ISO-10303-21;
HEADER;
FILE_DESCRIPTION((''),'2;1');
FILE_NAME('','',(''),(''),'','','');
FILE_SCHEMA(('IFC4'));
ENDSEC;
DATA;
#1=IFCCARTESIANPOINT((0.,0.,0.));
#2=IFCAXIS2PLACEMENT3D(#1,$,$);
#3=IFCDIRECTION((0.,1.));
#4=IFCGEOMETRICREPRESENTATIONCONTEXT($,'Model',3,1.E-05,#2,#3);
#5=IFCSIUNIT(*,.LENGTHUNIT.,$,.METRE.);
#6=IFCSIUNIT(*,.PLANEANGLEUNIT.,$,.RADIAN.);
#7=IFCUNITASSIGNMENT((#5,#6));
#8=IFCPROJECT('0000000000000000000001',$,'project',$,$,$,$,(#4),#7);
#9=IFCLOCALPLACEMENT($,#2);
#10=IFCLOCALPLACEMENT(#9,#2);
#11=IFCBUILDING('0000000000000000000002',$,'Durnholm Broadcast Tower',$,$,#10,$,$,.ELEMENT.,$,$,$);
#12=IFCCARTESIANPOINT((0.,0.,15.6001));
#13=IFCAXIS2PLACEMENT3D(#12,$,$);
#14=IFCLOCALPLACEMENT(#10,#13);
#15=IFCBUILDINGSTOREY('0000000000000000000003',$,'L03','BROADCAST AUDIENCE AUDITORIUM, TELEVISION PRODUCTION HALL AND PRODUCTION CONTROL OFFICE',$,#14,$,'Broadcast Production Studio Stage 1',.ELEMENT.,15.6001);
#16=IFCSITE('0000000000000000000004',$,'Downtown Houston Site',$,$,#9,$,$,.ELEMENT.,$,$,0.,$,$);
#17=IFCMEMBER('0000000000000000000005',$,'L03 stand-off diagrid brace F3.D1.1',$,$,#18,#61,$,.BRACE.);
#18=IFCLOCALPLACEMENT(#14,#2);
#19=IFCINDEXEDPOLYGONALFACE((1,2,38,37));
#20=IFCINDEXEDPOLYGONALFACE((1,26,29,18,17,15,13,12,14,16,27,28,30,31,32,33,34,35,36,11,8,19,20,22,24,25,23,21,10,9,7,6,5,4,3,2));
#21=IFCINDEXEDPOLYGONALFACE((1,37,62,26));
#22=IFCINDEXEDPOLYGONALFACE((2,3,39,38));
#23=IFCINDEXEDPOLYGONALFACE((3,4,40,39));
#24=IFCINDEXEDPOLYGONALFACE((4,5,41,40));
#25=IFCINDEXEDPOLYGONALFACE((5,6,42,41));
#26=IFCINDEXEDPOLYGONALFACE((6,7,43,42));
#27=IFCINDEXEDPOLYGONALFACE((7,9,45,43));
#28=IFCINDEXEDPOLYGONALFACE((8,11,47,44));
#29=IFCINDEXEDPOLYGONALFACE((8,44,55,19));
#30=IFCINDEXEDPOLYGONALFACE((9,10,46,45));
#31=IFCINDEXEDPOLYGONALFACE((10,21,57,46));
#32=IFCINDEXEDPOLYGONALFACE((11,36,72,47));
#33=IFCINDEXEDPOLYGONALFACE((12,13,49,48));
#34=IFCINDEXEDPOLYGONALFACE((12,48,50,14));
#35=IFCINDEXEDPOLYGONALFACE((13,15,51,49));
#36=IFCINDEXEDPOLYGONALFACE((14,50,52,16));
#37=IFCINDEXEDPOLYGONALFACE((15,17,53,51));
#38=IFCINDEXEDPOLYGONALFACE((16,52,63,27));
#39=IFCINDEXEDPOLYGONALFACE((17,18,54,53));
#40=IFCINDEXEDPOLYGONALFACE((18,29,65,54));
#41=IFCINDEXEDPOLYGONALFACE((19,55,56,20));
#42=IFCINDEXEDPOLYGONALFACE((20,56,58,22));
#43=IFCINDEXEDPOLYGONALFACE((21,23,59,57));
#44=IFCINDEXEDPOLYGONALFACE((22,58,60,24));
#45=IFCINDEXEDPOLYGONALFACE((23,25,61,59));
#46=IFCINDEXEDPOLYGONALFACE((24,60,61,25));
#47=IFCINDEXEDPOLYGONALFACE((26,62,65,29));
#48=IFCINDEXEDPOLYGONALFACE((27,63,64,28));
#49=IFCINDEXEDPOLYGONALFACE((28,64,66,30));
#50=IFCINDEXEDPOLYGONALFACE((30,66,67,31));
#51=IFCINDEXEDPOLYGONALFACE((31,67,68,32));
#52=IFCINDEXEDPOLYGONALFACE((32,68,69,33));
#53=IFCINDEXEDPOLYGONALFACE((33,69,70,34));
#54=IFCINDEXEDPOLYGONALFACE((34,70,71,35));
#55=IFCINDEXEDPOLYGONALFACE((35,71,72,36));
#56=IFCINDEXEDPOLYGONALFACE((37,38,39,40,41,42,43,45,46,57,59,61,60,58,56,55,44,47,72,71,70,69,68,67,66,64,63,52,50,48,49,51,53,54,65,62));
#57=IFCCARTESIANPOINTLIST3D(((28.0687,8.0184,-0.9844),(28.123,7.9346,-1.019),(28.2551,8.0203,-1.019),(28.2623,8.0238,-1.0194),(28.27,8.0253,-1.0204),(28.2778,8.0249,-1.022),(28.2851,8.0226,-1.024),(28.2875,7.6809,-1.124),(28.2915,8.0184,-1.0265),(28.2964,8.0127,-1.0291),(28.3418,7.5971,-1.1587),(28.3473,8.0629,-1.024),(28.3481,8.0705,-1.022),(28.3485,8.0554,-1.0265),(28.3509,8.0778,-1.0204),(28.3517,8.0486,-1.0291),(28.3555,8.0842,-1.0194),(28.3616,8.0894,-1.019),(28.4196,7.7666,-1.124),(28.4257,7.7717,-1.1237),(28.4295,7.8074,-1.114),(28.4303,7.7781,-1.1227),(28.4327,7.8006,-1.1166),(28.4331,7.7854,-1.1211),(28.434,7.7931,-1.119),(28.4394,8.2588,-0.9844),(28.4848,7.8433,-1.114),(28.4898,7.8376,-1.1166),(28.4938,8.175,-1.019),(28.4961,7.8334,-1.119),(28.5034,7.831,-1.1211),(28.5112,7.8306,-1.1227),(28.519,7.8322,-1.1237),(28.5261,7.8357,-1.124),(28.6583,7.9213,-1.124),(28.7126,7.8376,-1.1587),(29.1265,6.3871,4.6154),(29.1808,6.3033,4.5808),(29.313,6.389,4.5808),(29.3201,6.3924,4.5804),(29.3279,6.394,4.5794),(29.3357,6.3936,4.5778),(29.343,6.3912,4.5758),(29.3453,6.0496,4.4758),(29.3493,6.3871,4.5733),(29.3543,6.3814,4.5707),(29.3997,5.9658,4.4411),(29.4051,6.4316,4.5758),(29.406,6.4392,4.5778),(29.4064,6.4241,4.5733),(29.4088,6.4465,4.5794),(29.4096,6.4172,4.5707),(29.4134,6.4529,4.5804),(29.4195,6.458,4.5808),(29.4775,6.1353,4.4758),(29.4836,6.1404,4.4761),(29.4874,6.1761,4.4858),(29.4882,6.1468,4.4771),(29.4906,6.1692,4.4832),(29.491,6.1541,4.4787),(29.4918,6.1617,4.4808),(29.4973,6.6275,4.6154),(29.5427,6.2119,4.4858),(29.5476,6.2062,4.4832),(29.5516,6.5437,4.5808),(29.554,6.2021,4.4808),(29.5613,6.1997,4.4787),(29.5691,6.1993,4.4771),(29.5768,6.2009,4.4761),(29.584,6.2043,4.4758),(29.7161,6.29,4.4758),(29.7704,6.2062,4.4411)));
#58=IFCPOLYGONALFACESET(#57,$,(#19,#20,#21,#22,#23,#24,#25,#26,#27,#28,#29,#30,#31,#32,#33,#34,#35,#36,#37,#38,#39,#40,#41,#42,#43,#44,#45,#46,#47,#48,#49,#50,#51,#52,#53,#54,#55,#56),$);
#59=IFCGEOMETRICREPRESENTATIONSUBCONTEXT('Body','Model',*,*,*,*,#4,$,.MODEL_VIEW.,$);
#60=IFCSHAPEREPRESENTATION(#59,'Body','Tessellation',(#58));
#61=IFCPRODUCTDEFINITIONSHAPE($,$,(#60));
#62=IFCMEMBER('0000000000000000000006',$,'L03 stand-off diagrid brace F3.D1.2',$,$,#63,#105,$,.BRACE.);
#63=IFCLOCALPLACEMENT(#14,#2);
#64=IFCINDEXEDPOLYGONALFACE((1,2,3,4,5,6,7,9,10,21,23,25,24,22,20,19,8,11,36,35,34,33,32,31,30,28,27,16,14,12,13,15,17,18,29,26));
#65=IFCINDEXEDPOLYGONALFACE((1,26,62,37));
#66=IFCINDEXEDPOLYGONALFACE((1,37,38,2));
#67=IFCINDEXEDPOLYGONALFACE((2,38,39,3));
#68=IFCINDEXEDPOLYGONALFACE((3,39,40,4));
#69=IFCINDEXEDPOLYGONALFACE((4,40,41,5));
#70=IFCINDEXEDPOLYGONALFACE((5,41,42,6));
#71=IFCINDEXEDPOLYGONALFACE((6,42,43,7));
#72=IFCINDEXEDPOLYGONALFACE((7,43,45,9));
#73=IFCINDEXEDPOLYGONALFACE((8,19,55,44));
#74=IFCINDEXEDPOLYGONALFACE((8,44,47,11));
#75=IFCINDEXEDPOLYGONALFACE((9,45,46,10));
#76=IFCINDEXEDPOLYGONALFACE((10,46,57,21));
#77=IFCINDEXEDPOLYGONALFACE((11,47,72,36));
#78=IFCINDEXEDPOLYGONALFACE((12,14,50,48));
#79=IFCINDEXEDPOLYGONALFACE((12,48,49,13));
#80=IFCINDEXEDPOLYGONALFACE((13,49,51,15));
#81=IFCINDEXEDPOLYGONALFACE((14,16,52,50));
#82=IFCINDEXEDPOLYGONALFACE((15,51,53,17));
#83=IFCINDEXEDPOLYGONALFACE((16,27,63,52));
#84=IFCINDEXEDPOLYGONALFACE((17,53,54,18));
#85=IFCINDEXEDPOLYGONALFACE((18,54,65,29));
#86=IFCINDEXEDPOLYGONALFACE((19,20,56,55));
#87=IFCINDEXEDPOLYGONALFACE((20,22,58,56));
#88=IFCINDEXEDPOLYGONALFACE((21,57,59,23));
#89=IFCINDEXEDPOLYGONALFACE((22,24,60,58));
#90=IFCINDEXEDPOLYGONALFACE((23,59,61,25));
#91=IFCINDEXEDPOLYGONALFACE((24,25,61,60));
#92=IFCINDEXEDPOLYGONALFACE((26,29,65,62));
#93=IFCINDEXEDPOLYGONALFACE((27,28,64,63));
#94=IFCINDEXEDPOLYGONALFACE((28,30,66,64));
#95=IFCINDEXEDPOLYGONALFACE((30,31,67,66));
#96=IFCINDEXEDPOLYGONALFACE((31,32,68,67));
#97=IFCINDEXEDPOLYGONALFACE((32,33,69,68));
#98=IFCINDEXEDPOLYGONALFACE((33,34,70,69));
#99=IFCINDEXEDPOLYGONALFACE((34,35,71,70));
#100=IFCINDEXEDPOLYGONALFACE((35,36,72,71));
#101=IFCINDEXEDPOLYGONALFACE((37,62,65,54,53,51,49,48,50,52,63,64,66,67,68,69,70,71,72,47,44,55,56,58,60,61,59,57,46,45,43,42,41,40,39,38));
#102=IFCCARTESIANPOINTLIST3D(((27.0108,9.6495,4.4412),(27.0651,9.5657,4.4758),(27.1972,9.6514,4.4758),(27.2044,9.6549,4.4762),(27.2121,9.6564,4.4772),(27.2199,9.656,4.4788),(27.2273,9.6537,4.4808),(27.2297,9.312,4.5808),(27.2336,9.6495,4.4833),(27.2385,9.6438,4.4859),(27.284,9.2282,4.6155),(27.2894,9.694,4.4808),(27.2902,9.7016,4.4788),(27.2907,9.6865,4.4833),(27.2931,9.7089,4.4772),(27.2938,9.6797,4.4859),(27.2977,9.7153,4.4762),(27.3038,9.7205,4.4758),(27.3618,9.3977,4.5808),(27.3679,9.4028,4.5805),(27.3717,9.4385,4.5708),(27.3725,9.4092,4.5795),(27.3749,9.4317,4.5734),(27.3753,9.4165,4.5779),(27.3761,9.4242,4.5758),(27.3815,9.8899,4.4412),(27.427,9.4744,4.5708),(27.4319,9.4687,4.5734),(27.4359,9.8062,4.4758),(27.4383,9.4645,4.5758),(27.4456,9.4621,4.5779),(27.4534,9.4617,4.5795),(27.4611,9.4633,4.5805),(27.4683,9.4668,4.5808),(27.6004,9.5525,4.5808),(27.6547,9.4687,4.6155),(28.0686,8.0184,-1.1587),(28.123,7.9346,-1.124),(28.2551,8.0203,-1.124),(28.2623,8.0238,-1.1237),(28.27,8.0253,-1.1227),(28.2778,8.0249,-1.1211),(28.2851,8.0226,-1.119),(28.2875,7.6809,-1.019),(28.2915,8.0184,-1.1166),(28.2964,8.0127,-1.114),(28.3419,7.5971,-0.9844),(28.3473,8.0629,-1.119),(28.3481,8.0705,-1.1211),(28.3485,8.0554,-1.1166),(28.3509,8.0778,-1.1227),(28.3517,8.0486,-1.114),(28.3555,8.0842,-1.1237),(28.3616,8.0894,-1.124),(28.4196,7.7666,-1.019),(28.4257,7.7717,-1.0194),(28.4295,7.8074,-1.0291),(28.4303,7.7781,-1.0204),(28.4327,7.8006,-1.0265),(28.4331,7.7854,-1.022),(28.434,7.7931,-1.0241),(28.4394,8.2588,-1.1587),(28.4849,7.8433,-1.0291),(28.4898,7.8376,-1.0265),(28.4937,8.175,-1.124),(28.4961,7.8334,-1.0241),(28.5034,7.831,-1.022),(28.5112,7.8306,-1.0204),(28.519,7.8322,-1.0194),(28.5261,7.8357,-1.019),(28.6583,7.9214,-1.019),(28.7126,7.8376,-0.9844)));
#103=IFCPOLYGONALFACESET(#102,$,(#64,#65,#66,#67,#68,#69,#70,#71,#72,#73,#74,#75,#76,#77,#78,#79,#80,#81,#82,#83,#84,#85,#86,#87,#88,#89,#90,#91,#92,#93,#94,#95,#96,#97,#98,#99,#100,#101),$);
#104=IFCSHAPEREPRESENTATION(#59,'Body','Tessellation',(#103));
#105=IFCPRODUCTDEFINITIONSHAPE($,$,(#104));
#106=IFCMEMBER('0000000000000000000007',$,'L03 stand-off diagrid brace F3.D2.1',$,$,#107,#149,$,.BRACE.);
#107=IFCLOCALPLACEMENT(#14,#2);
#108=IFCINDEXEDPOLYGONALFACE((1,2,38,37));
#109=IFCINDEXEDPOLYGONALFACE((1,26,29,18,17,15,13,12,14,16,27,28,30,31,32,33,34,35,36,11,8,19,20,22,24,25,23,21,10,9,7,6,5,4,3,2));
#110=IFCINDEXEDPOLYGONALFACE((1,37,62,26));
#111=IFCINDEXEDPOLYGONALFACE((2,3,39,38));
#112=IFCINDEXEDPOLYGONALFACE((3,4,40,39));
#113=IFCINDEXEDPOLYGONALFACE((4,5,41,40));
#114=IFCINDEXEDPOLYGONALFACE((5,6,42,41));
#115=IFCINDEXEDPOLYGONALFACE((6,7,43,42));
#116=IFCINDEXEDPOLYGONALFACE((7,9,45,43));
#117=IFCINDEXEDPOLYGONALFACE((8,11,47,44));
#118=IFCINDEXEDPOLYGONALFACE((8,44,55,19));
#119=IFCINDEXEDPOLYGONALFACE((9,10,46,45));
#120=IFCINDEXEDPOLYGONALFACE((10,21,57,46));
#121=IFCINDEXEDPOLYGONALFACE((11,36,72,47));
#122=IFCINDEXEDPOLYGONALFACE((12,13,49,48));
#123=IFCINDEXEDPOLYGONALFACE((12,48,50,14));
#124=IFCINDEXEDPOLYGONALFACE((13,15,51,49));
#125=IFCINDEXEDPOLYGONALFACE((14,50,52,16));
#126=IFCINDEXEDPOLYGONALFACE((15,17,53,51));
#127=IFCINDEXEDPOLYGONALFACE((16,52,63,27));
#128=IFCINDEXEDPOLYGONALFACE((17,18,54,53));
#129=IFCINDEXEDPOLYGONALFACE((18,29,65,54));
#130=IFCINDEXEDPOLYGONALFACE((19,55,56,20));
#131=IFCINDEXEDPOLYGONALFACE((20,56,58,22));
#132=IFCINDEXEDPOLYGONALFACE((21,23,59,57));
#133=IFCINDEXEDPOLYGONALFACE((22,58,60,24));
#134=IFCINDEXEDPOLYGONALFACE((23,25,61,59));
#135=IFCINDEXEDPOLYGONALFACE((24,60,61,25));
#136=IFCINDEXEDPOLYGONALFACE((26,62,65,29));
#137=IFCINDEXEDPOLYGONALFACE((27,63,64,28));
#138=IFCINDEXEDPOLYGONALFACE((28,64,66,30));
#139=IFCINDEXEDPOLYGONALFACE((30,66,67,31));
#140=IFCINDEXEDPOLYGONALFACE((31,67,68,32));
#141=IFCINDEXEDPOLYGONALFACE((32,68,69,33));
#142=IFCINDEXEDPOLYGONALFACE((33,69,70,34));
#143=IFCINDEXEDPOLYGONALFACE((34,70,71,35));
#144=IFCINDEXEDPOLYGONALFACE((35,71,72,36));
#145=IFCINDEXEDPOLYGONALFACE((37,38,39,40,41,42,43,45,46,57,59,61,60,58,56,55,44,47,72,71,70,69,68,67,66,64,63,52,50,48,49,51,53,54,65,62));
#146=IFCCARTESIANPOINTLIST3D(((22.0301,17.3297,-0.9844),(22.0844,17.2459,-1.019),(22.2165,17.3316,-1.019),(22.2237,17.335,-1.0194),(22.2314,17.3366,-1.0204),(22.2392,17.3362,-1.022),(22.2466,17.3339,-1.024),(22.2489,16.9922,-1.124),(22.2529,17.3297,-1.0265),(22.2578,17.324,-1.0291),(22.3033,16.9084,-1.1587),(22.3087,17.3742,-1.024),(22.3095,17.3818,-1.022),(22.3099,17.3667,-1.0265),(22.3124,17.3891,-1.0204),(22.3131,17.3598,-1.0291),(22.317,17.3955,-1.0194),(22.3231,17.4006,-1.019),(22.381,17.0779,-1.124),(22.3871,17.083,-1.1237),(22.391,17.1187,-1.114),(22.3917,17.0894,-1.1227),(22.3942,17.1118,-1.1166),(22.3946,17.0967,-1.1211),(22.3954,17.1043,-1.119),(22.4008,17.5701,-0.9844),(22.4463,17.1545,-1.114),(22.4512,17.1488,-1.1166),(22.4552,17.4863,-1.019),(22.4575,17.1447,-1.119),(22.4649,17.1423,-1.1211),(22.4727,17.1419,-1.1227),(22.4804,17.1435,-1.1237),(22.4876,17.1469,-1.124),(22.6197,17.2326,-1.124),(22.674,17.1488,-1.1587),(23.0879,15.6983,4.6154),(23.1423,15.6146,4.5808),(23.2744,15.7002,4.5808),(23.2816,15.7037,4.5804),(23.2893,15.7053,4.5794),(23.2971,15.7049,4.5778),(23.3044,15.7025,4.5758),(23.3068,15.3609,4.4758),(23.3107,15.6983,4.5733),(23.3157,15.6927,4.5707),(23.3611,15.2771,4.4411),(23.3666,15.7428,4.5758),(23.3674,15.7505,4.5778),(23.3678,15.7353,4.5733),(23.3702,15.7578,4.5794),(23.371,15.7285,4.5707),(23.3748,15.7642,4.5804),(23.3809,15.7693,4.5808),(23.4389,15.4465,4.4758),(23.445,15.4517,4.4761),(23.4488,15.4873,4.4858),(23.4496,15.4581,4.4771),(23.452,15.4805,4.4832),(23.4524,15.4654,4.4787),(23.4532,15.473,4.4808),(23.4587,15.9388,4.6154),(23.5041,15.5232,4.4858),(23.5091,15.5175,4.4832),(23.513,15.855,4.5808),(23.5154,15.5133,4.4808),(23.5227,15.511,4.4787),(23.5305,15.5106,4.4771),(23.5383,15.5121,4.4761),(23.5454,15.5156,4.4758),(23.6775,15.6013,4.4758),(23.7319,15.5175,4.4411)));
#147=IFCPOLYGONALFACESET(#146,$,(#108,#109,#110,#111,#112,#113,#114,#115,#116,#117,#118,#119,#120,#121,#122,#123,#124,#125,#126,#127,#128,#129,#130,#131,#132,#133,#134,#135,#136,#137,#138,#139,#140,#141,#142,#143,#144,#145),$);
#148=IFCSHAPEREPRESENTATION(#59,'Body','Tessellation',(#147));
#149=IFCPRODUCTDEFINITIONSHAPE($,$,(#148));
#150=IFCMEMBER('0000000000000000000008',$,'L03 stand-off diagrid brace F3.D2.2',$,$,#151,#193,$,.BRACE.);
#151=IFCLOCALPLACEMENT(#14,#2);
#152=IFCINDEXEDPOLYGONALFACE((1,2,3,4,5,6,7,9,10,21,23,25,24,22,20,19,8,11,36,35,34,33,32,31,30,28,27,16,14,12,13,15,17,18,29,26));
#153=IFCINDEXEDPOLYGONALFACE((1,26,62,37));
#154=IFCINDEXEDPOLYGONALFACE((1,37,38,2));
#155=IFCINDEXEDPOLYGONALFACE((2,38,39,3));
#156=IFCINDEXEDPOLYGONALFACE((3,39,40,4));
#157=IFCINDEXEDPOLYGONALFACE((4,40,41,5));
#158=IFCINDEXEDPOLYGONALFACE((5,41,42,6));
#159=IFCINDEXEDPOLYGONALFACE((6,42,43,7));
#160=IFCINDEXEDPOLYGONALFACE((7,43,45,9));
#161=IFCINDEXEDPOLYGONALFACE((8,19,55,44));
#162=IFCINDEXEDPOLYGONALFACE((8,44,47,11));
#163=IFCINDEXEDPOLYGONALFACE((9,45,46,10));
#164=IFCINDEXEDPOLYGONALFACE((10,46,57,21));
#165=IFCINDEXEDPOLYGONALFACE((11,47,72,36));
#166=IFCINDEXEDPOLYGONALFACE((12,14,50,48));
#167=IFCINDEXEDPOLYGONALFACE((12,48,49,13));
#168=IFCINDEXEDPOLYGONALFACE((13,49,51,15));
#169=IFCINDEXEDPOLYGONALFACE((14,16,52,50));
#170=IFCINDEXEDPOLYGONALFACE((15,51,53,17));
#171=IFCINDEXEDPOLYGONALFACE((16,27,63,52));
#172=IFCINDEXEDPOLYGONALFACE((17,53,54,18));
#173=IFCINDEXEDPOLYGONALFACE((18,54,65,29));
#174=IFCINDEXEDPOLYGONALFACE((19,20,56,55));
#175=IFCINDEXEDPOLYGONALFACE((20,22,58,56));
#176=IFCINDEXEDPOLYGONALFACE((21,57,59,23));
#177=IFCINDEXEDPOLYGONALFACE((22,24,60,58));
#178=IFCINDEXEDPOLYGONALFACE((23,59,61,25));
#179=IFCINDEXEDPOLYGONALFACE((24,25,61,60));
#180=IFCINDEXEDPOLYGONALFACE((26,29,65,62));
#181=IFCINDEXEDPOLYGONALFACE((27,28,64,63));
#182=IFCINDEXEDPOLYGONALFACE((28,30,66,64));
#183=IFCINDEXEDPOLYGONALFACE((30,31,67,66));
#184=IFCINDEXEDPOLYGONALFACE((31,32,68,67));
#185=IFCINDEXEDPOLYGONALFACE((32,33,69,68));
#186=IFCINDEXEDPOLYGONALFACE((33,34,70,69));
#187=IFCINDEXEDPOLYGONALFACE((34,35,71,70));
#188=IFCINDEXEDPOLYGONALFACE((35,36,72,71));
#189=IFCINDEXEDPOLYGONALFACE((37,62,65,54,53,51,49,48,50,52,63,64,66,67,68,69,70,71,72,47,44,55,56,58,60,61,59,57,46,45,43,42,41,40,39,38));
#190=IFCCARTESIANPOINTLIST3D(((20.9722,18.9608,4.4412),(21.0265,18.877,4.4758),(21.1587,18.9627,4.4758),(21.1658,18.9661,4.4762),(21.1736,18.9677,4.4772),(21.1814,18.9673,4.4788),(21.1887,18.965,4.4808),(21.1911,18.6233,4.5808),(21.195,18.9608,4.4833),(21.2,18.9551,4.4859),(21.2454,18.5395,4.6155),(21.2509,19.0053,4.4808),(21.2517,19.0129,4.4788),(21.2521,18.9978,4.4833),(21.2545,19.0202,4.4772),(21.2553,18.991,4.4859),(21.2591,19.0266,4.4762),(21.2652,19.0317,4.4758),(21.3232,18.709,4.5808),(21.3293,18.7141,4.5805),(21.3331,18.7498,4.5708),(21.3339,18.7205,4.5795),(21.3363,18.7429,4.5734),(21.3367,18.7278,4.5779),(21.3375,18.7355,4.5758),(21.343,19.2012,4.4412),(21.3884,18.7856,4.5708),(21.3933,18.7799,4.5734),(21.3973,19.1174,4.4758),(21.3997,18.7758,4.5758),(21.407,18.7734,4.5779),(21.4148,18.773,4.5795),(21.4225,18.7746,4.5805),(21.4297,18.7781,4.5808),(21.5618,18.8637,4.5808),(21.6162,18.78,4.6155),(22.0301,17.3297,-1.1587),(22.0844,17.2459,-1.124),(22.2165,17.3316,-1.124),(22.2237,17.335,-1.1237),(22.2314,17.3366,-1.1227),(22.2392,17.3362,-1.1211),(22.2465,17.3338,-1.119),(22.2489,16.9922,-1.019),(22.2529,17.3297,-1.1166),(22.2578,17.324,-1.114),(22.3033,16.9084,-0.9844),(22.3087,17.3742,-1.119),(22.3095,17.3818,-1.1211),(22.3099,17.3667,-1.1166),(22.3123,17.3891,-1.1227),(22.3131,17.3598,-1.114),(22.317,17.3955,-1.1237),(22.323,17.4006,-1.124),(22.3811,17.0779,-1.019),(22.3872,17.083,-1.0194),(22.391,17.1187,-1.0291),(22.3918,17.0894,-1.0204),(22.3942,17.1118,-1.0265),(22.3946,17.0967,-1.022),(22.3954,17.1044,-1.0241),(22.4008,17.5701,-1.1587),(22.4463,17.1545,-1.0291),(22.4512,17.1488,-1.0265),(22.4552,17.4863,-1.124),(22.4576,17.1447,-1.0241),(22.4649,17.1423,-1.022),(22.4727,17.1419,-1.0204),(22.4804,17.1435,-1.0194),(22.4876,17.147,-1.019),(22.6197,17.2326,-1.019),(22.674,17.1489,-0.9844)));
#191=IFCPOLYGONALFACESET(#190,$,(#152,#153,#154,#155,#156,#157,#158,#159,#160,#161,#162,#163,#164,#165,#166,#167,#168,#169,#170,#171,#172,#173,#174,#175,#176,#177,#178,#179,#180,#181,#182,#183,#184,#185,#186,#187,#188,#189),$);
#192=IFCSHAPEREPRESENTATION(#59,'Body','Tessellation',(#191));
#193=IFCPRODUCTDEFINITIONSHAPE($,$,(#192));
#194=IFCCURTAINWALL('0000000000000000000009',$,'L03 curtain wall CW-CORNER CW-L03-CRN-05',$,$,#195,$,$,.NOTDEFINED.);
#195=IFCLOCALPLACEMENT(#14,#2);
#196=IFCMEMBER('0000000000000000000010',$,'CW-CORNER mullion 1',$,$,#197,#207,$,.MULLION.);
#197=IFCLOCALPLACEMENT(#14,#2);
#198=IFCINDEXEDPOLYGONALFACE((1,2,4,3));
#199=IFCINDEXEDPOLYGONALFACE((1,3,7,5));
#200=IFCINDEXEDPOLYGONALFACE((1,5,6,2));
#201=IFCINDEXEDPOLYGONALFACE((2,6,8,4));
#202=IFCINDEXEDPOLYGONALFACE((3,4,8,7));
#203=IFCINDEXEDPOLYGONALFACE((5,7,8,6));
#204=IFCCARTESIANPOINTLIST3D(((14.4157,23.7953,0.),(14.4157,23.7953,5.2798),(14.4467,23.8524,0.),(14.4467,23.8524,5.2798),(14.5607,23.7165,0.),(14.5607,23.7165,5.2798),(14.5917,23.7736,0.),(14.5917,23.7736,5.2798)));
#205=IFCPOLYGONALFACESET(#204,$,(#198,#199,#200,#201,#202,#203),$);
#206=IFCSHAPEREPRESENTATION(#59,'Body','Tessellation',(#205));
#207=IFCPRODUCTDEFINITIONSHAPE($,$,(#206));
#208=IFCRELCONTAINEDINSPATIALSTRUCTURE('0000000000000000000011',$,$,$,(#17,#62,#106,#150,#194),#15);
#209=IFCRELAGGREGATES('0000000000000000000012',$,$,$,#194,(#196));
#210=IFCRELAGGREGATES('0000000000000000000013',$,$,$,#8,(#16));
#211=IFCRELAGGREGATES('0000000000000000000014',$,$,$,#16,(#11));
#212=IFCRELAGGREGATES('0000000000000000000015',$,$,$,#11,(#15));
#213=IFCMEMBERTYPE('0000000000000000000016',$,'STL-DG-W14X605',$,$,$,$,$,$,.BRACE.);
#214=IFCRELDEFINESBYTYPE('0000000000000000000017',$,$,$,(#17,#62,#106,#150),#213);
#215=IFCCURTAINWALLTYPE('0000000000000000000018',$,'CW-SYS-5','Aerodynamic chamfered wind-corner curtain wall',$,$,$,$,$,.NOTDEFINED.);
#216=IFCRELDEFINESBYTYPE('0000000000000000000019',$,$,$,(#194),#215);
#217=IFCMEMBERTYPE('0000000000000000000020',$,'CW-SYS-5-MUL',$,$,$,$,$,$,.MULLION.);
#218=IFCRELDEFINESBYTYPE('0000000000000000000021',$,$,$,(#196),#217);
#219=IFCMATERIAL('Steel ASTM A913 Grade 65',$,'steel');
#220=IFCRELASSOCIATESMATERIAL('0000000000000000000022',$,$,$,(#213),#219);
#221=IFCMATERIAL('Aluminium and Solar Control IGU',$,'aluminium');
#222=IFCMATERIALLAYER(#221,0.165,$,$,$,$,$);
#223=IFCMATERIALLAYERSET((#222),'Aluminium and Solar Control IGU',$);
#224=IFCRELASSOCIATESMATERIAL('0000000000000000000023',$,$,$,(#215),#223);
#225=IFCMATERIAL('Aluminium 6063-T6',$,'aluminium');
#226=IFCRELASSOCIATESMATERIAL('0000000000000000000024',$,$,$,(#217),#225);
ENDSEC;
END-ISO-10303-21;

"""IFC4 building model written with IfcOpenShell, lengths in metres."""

from ifc_helpers import new_model, si_unit, direction, frame, origin, origin_2d, place, context, subcontext, project, spatial, rectangle, i_section, extrude, source, transform, mapped, material, layer, layer_set, material_profile, profile_set, type_object, type_shapes, element, aggregate, save


model = new_model("IFC4")

# Units and contexts
model_context = context("Model", 3, precision=1e-05, world=origin(), true_north=direction((0.0, 1.0)))
body_context = subcontext(model_context, "Body", "Model", "MODEL_VIEW")
ifc_project = project(units=[si_unit("LENGTHUNIT", "METRE"), si_unit("PLANEANGLEUNIT", "RADIAN")], contexts=[model_context])

# Site, building, storey
site_placement = place(None, origin())
site = spatial("IfcSite", under=ifc_project, at=site_placement, Name="Downtown Houston Site", CompositionType="ELEMENT", RefElevation=0.0)
building_placement = place(site_placement, origin())
building = spatial("IfcBuilding", under=site, at=building_placement, Name="Durnholm Broadcast Tower", CompositionType="ELEMENT")
storey_placement = place(building_placement, frame((0.0, 0.0, 15.6001)))
storey = spatial("IfcBuildingStorey", under=building, at=storey_placement, Name="L03", Description="BROADCAST AUDIENCE AUDITORIUM, TELEVISION PRODUCTION HALL AND PRODUCTION CONTROL OFFICE", LongName="Broadcast Production Studio Stage 1", CompositionType="ELEMENT", Elevation=15.6001)

# Shared definitions
ifc_material_1 = material(Name="Steel ASTM A913 Grade 65", Category="steel")

# Members
ifc_material_profile_1 = material_profile(ifc_material_1, i_section(OverallWidth=0.4419, OverallDepth=0.5315, WebThickness=0.0659, FlangeThickness=0.1057, FilletRadius=0.0305, at=origin_2d()), Name="W14X605")
ifc_profile_set_1 = profile_set([ifc_material_profile_1], Name="Steel ASTM A913 Grade 65")
member_type_1 = type_object("IfcMemberType", Name="STL-DG-W14X605", PredefinedType="BRACE", material=ifc_profile_set_1)
shared_shape_1 = source(origin(), body_context, "Body", "SweptSolid", [
    extrude(i_section(OverallWidth=0.4419, OverallDepth=0.5315, WebThickness=0.0659, FlangeThickness=0.1057, FilletRadius=0.0305, at=origin_2d()), origin(), (0.0, 0.0, 1.0), 5.9277),
])
type_shapes(member_type_1, [shared_shape_1])
for number, where, z_axis, x_axis, name in (
    (1, (28.3906, 7.928, -1.0715), (0.178458, -0.275203, 0.944678), (0.839034, 0.544079, 0.0), "L03 stand-off diagrid brace F3.D1.1"),
    (2, (28.3906, 7.928, -1.0715), (-0.17846, 0.275165, 0.944688), (-0.838997, -0.544136, 0.0), "L03 stand-off diagrid brace F3.D1.2"),
    (3, (22.3521, 17.2393, -1.0715), (0.178458, -0.275203, 0.944678), (0.839034, 0.544079, 0.0), "L03 stand-off diagrid brace F3.D2.1"),
    (4, (22.3521, 17.2393, -1.0715), (-0.17846, 0.275165, 0.944688), (-0.838997, -0.544136, 0.0), "L03 stand-off diagrid brace F3.D2.2"),
):
    element("IfcMember", number, at=place(storey_placement, frame(where, z_axis=z_axis, x_axis=x_axis)), inside=storey, type_object=member_type_1, Name=name, PredefinedType="BRACE", context=body_context, shape_type="MappedRepresentation", body=[
        mapped(shared_shape_1, transform((0.0, 0.0, 0.0), x_axis=(1.0, 0.0, 0.0), y_axis=(0.0, 1.0, 0.0), z_axis=(0.0, 0.0, 1.0), scale=1.0)),
    ])

# Curtain wall, member
ifc_material_2 = material(Name="Aluminium and Solar Control IGU", Category="aluminium")
ifc_layer_1 = layer(ifc_material_2, 0.165)
ifc_layer_set_1 = layer_set([ifc_layer_1], Name="Aluminium and Solar Control IGU")
curtain_wall_type_1 = type_object("IfcCurtainWallType", Name="CW-SYS-5", Description="Aerodynamic chamfered wind-corner curtain wall", PredefinedType="NOTDEFINED", material=ifc_layer_set_1)
curtain_wall_1_placement = place(storey_placement, origin())
curtain_wall_1 = element("IfcCurtainWall", 5, at=curtain_wall_1_placement, inside=storey, type_object=curtain_wall_type_1, Name="L03 curtain wall CW-CORNER CW-L03-CRN-05", PredefinedType="NOTDEFINED")
ifc_material_3 = material(Name="Aluminium 6063-T6", Category="aluminium")
ifc_material_profile_2 = material_profile(ifc_material_3, rectangle(XDim=0.0649, YDim=0.165, at=origin_2d()), Name="CWM65X165")
ifc_profile_set_2 = profile_set([ifc_material_profile_2], Name="Aluminium 6063-T6")
member_type_2 = type_object("IfcMemberType", Name="CW-SYS-5-MUL", PredefinedType="MULLION", material=ifc_profile_set_2)
shared_shape_2 = source(origin(), body_context, "Body", "SweptSolid", [
    extrude(rectangle(XDim=0.0649, YDim=0.165, at=origin_2d()), origin(), (0.0, 0.0, 1.0), 5.2798),
])
type_shapes(member_type_2, [shared_shape_2])
member_1_placement = place(storey_placement, frame((14.5037, 23.7844, 0.0), z_axis=(0.0, 0.0, 1.0), x_axis=(0.477442, 0.878663, 0.0)))
member_1 = element("IfcMember", 6, at=member_1_placement, type_object=member_type_2, Name="CW-CORNER mullion 1", PredefinedType="MULLION", context=body_context, shape_type="MappedRepresentation", body=[
    mapped(shared_shape_2, transform((0.0, 0.0, 0.0), x_axis=(1.0, 0.0, 0.0), y_axis=(0.0, 1.0, 0.0), z_axis=(0.0, 0.0, 1.0), scale=1.0)),
])

aggregate(curtain_wall_1, [member_1])

save(model, "model.ifc")
